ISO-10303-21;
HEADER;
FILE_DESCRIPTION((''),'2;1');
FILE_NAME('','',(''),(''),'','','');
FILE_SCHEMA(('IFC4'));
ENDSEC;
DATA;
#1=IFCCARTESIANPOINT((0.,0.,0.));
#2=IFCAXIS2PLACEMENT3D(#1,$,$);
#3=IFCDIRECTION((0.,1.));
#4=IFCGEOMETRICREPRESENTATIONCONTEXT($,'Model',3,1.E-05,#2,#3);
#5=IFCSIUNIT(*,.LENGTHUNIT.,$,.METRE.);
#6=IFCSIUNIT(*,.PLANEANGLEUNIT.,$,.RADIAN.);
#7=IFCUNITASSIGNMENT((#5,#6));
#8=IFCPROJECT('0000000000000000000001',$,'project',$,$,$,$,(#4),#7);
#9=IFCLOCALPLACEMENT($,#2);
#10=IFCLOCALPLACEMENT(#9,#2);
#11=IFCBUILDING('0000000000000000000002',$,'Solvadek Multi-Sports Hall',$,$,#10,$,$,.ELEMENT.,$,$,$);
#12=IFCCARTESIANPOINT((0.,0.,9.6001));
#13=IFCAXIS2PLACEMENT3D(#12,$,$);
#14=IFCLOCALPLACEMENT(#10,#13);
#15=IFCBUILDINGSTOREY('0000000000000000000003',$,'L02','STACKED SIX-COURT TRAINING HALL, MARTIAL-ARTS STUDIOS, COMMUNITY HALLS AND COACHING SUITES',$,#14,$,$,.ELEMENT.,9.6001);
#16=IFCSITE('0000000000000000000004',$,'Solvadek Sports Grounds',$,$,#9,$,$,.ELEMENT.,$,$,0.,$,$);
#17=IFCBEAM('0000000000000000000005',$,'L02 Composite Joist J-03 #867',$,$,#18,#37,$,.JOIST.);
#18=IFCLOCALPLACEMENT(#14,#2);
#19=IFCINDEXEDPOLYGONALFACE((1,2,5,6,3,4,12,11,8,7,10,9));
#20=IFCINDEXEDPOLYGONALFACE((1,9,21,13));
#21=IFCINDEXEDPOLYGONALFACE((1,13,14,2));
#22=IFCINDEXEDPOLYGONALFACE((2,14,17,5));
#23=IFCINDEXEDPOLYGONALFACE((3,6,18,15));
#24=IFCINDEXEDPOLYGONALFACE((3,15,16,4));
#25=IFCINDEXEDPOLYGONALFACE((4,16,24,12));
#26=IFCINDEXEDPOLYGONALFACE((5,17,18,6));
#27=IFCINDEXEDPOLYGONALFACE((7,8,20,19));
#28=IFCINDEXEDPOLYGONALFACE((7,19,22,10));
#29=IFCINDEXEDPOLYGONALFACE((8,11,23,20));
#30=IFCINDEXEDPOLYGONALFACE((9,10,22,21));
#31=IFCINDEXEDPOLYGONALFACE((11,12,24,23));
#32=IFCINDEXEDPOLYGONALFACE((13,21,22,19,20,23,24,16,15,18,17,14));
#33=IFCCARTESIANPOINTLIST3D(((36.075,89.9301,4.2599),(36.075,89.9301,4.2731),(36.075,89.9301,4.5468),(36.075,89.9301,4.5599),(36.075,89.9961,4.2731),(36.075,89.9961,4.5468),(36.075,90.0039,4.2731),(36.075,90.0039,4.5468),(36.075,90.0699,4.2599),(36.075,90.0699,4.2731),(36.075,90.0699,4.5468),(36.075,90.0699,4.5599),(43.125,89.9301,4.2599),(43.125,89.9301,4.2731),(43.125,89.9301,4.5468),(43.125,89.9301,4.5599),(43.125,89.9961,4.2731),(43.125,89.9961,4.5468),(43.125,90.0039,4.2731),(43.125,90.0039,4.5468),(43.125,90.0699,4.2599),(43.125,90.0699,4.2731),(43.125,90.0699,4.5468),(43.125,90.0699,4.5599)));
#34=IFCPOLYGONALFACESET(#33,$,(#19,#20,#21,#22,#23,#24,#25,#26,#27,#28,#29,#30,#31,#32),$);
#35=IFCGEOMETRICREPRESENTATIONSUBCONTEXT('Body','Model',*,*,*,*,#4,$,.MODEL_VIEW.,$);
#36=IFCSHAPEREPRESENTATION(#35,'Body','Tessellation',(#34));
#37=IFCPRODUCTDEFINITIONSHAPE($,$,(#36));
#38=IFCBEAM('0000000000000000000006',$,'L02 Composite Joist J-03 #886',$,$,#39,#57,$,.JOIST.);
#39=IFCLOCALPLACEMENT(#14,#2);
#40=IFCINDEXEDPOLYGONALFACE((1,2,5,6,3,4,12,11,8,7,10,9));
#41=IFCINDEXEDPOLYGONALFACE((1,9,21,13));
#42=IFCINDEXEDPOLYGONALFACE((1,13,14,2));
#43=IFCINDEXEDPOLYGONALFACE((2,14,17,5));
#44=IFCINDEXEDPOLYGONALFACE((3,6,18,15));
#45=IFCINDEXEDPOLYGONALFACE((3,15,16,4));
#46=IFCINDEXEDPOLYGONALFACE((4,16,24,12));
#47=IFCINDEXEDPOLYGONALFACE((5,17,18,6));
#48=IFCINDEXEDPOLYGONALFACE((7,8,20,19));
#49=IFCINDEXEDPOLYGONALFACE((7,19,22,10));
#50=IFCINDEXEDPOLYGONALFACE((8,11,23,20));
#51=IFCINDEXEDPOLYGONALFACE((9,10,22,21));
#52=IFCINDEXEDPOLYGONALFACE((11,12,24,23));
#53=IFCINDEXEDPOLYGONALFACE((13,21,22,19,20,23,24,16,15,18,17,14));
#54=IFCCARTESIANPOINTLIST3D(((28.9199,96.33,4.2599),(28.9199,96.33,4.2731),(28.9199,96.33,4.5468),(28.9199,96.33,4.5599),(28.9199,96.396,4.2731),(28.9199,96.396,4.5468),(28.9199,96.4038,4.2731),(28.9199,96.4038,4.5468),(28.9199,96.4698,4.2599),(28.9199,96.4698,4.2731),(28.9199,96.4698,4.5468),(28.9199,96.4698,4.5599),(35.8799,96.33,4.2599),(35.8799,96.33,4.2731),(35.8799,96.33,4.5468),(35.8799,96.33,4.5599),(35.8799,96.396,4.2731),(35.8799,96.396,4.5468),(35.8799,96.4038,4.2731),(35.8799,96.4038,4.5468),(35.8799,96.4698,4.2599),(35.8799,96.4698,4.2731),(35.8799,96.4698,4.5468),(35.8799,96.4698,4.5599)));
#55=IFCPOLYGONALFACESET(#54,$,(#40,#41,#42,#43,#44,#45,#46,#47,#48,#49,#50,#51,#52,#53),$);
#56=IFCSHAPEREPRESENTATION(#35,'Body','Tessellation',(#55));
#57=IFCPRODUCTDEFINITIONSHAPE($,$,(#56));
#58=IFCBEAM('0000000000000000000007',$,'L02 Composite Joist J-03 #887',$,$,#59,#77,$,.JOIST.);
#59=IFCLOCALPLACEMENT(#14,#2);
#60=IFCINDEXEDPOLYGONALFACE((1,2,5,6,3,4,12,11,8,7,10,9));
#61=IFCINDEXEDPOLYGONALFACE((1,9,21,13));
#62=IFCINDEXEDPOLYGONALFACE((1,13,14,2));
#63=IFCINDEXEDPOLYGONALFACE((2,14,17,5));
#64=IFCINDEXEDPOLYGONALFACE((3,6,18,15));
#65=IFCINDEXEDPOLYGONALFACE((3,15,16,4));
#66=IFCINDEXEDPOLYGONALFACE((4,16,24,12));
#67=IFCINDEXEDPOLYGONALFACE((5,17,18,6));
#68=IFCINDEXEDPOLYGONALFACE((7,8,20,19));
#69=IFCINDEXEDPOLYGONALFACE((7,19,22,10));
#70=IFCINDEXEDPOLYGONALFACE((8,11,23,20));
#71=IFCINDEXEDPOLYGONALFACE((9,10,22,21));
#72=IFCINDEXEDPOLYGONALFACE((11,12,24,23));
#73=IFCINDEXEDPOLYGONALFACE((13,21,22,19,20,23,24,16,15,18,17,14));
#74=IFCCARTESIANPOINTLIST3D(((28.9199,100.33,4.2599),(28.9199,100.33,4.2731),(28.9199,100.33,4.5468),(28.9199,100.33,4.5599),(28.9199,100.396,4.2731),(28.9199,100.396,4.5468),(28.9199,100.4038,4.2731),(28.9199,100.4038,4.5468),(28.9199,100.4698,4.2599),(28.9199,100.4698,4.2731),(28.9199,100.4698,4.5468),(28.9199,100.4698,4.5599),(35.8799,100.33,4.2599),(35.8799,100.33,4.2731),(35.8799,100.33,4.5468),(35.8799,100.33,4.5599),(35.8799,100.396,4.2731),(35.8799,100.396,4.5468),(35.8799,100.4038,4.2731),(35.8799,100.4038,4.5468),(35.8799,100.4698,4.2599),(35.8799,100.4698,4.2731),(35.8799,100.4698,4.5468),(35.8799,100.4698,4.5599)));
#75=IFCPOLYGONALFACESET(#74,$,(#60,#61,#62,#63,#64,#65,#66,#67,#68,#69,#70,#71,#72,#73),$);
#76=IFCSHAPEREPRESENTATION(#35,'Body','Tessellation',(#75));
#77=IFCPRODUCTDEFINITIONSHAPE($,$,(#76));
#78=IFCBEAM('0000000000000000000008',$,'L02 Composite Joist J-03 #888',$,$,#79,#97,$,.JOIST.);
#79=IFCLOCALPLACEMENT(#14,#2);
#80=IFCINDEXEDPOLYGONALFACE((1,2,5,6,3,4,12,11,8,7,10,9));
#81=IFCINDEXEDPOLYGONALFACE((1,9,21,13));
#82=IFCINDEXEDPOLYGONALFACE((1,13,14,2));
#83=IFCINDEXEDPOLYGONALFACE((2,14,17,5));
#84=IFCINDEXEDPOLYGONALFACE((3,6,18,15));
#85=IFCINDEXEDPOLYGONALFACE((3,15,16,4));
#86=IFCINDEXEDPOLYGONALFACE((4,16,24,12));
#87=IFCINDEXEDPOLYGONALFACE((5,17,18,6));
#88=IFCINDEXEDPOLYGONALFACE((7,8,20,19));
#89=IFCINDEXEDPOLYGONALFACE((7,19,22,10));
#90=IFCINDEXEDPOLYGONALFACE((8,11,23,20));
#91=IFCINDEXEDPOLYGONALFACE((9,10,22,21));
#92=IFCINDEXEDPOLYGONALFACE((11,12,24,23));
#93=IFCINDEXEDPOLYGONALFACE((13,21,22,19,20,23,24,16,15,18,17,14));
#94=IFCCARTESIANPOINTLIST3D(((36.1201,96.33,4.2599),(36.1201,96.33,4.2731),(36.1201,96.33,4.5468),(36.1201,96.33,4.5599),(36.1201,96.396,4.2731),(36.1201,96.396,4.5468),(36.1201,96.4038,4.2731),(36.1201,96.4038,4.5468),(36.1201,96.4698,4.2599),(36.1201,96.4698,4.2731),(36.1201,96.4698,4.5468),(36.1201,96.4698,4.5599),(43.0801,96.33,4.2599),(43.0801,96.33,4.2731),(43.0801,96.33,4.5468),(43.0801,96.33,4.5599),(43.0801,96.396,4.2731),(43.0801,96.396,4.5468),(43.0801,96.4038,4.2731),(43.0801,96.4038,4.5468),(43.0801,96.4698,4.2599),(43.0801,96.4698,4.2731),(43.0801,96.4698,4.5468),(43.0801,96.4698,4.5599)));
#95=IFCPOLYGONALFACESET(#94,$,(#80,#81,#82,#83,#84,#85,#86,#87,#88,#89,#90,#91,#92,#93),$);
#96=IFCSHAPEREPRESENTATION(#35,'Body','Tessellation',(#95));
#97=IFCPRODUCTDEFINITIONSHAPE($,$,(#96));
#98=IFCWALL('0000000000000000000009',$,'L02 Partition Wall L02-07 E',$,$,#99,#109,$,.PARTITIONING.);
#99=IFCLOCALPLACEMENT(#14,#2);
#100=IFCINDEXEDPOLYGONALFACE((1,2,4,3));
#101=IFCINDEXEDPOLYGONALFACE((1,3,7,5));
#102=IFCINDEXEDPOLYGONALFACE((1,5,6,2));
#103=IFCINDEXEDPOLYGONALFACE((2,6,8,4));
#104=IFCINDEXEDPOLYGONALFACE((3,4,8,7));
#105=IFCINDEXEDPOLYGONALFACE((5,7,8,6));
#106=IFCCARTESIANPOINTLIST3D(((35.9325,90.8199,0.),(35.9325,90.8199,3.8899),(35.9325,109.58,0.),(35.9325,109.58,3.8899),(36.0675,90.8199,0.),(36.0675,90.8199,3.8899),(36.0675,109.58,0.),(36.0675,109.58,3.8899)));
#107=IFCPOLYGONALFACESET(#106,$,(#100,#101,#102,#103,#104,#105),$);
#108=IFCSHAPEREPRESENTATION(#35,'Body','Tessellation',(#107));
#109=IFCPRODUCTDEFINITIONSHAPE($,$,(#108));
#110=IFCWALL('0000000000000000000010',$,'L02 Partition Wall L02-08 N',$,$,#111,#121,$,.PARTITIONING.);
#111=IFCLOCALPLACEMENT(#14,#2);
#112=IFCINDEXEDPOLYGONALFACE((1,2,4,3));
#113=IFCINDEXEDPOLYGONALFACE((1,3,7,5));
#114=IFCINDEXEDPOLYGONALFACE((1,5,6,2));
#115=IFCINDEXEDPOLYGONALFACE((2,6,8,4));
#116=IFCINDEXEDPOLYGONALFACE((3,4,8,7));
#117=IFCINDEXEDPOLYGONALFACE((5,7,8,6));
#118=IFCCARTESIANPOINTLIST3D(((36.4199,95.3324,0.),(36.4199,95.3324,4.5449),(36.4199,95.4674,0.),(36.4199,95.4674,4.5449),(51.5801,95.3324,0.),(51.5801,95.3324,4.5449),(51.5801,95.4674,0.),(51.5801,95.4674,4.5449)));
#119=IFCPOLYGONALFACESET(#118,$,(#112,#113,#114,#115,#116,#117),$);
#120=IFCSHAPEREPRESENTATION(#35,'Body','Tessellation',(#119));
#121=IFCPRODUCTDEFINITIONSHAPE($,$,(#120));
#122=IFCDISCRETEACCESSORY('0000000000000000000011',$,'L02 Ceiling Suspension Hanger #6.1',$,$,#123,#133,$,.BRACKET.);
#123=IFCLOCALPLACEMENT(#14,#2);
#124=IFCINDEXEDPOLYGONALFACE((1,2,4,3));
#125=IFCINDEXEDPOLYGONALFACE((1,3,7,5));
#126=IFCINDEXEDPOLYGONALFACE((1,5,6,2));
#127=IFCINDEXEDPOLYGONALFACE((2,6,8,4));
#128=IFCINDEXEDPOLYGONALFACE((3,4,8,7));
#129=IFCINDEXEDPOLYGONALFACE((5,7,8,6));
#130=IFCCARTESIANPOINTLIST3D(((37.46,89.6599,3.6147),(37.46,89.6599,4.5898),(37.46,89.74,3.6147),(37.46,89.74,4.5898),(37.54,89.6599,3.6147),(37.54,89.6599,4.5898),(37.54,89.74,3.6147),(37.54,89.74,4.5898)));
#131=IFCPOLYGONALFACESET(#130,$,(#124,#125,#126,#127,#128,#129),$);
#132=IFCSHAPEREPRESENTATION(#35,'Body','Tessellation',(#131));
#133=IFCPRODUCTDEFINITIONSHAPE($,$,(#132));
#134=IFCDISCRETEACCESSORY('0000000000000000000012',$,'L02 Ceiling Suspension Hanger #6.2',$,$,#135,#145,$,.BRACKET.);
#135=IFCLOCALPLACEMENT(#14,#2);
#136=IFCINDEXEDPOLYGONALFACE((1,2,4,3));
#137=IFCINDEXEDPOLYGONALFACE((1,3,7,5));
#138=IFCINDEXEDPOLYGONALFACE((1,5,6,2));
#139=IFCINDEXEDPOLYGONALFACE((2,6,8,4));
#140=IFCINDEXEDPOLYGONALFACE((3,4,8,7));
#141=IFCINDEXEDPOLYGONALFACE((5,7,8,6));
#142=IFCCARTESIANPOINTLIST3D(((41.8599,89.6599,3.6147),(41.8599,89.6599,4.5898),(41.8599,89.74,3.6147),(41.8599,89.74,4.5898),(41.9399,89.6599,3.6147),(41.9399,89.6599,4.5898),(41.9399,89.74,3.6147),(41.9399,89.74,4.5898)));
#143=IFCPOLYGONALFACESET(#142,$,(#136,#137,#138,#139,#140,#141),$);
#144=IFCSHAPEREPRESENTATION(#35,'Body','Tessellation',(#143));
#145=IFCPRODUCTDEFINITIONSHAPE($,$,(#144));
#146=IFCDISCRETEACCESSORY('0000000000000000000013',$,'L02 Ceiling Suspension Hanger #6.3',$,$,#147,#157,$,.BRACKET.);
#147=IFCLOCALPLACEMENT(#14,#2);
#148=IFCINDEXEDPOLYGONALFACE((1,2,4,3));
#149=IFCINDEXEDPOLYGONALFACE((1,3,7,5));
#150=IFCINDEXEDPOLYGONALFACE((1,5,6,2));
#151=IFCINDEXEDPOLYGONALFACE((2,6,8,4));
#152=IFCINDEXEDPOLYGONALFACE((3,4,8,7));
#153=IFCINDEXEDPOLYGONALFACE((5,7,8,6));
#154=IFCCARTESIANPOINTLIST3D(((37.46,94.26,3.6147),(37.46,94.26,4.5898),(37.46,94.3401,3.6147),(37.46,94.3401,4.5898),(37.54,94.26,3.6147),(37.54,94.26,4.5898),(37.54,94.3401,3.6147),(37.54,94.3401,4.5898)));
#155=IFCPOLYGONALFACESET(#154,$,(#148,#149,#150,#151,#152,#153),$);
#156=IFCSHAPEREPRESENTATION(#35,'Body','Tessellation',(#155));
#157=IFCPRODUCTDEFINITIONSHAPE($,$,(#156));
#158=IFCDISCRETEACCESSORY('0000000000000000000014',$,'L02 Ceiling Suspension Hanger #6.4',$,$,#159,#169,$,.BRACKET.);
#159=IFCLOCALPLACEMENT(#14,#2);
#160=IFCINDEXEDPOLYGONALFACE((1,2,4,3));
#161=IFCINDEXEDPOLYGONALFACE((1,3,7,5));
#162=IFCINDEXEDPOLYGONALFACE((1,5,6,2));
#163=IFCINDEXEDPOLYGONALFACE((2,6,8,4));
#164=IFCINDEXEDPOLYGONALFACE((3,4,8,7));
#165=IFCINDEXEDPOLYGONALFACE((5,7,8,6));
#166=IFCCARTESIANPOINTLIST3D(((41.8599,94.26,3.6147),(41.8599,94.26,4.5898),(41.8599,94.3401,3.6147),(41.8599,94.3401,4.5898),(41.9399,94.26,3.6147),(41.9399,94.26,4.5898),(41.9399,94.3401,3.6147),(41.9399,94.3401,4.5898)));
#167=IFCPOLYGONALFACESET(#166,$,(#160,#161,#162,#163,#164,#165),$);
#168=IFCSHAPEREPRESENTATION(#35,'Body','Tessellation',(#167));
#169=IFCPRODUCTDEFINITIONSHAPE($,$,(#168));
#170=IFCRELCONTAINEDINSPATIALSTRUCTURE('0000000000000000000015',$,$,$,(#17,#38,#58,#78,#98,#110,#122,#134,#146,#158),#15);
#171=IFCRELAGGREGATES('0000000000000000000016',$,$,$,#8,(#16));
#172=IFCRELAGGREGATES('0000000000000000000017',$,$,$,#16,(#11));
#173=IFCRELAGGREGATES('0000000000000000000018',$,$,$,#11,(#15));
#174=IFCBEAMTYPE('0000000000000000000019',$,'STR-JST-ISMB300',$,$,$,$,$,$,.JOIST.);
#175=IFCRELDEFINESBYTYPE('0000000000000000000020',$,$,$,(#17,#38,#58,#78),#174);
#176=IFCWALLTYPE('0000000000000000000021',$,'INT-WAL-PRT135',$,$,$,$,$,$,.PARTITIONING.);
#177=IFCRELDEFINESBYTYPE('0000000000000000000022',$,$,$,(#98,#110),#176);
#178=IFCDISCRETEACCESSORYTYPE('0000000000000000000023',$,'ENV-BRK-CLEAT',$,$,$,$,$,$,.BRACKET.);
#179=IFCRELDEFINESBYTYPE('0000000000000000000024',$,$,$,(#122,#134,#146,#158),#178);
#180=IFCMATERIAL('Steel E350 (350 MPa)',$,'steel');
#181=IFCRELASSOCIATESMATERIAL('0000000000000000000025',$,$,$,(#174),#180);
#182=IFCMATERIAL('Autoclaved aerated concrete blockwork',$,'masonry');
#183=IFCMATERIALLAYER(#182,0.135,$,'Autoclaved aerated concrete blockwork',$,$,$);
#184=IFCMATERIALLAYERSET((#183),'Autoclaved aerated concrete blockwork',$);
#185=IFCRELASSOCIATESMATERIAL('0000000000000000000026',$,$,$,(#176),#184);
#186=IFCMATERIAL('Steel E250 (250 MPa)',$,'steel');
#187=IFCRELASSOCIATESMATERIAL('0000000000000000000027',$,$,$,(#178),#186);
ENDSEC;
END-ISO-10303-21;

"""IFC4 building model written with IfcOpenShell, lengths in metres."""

from ifc_helpers import new_model, si_unit, direction, frame, frame_2d, origin, origin_2d, place, context, subcontext, project, spatial, rectangle, i_section, extrude, material, layer, layer_set, material_profile, profile_set, type_object, element, save


model = new_model("IFC4")

# Units and contexts
model_context = context("Model", 3, precision=1e-05, world=origin(), true_north=direction((0.0, 1.0)))
body_context = subcontext(model_context, "Body", "Model", "MODEL_VIEW")
ifc_project = project(units=[si_unit("LENGTHUNIT", "METRE"), si_unit("PLANEANGLEUNIT", "RADIAN")], contexts=[model_context])

# Site, building, storey
site_placement = place(None, origin())
site = spatial("IfcSite", under=ifc_project, at=site_placement, Name="Solvadek Sports Grounds", CompositionType="ELEMENT", RefElevation=0.0)
building_placement = place(site_placement, origin())
building = spatial("IfcBuilding", under=site, at=building_placement, Name="Solvadek Multi-Sports Hall", CompositionType="ELEMENT")
storey_placement = place(building_placement, frame((0.0, 0.0, 9.6001)))
storey = spatial("IfcBuildingStorey", under=building, at=storey_placement, Name="L02", Description="STACKED SIX-COURT TRAINING HALL, MARTIAL-ARTS STUDIOS, COMMUNITY HALLS AND COACHING SUITES", CompositionType="ELEMENT", Elevation=9.6001)

# Shared definitions
ifc_material_1 = material(Name="Steel E350 (350 MPa)", Category="steel")

# Beams
ifc_material_profile_1 = material_profile(ifc_material_1, i_section(OverallWidth=0.1399, OverallDepth=0.3, WebThickness=0.0078, FlangeThickness=0.0132, at=origin_2d()), Name="ISMB 300")
ifc_profile_set_1 = profile_set([ifc_material_profile_1], Name="Steel E350 (350 MPa)")
beam_type_1 = type_object("IfcBeamType", Name="STR-JST-ISMB300", PredefinedType="JOIST", material=ifc_profile_set_1)
for number, where, z_axis, x_axis, name in (
    (1, (36.075, 90.0, 4.4099), (1.0, 0.0, 0.0), (0.0, 1.0, 0.0), "L02 Composite Joist J-03 #867"),
):
    element("IfcBeam", number, at=place(storey_placement, frame(where, z_axis=z_axis, x_axis=x_axis)), inside=storey, type_object=beam_type_1, Name=name, PredefinedType="JOIST", context=body_context, shape_type="SweptSolid", body=[
        extrude(i_section(OverallWidth=0.1399, OverallDepth=0.3, WebThickness=0.0078, FlangeThickness=0.0132, at=origin_2d()), origin(), (0.0, 0.0, 1.0), 7.05),
    ])
for number, where, z_axis, x_axis, name in (
    (2, (28.9199, 96.3999, 4.4099), (1.0, 0.0, 0.0), (0.0, 1.0, 0.0), "L02 Composite Joist J-03 #886"),
    (3, (28.9199, 100.3999, 4.4099), (1.0, 0.0, 0.0), (0.0, 1.0, 0.0), "L02 Composite Joist J-03 #887"),
    (4, (36.1201, 96.3999, 4.4099), (1.0, 0.0, 0.0), (0.0, 1.0, 0.0), "L02 Composite Joist J-03 #888"),
):
    element("IfcBeam", number, at=place(storey_placement, frame(where, z_axis=z_axis, x_axis=x_axis)), inside=storey, type_object=beam_type_1, Name=name, PredefinedType="JOIST", context=body_context, shape_type="SweptSolid", body=[
        extrude(i_section(OverallWidth=0.1399, OverallDepth=0.3, WebThickness=0.0078, FlangeThickness=0.0132, at=origin_2d()), origin(), (0.0, 0.0, 1.0), 6.96),
    ])

# Walls
ifc_material_2 = material(Name="Autoclaved aerated concrete blockwork", Category="masonry")
ifc_layer_1 = layer(ifc_material_2, 0.135, Name="Autoclaved aerated concrete blockwork")
ifc_layer_set_1 = layer_set([ifc_layer_1], Name="Autoclaved aerated concrete blockwork")
wall_type_1 = type_object("IfcWallType", Name="INT-WAL-PRT135", PredefinedType="PARTITIONING", material=ifc_layer_set_1)
wall_1_placement = place(storey_placement, frame((36.0, 90.8201, 0.0), z_axis=(0.0, 0.0, 1.0), x_axis=(0.0, 1.0, 0.0)))
element("IfcWall", 5, at=wall_1_placement, inside=storey, type_object=wall_type_1, Name="L02 Partition Wall L02-07 E", PredefinedType="PARTITIONING", context=body_context, shape_type="SweptSolid", body=[
    extrude(rectangle(XDim=18.76, YDim=0.135, at=frame_2d((9.3799, 0.0))), origin(), (0.0, 0.0, 1.0), 3.8899),
])
wall_2_placement = place(storey_placement, frame((36.4199, 95.3999, 0.0), z_axis=(0.0, 0.0, 1.0), x_axis=(1.0, 0.0, 0.0)))
element("IfcWall", 6, at=wall_2_placement, inside=storey, type_object=wall_type_1, Name="L02 Partition Wall L02-08 N", PredefinedType="PARTITIONING", context=body_context, shape_type="SweptSolid", body=[
    extrude(rectangle(XDim=15.1602, YDim=0.135, at=frame_2d((7.5801, 0.0))), origin(), (0.0, 0.0, 1.0), 4.5449),
])

# Discrete accessories
ifc_material_3 = material(Name="Steel E250 (250 MPa)", Category="steel")
discrete_accessory_type = type_object("IfcDiscreteAccessoryType", Name="ENV-BRK-CLEAT", PredefinedType="BRACKET", material=ifc_material_3)
for number, where, z_axis, x_axis, name in (
    (7, (37.5, 89.7, 3.6147), (0.0, 0.0, 1.0), (1.0, 0.0, 0.0), "L02 Ceiling Suspension Hanger #6.1"),
    (8, (41.8999, 89.7, 3.6147), (0.0, 0.0, 1.0), (1.0, 0.0, 0.0), "L02 Ceiling Suspension Hanger #6.2"),
    (9, (37.5, 94.3, 3.6147), (0.0, 0.0, 1.0), (1.0, 0.0, 0.0), "L02 Ceiling Suspension Hanger #6.3"),
    (10, (41.8999, 94.3, 3.6147), (0.0, 0.0, 1.0), (1.0, 0.0, 0.0), "L02 Ceiling Suspension Hanger #6.4"),
):
    element("IfcDiscreteAccessory", number, at=place(storey_placement, frame(where, z_axis=z_axis, x_axis=x_axis)), inside=storey, type_object=discrete_accessory_type, Name=name, PredefinedType="BRACKET", context=body_context, shape_type="SweptSolid", body=[
        extrude(rectangle(XDim=0.0801, YDim=0.0801, at=origin_2d()), origin(), (0.0, 0.0, 1.0), 0.9751),
    ])

save(model, "model.ifc")
